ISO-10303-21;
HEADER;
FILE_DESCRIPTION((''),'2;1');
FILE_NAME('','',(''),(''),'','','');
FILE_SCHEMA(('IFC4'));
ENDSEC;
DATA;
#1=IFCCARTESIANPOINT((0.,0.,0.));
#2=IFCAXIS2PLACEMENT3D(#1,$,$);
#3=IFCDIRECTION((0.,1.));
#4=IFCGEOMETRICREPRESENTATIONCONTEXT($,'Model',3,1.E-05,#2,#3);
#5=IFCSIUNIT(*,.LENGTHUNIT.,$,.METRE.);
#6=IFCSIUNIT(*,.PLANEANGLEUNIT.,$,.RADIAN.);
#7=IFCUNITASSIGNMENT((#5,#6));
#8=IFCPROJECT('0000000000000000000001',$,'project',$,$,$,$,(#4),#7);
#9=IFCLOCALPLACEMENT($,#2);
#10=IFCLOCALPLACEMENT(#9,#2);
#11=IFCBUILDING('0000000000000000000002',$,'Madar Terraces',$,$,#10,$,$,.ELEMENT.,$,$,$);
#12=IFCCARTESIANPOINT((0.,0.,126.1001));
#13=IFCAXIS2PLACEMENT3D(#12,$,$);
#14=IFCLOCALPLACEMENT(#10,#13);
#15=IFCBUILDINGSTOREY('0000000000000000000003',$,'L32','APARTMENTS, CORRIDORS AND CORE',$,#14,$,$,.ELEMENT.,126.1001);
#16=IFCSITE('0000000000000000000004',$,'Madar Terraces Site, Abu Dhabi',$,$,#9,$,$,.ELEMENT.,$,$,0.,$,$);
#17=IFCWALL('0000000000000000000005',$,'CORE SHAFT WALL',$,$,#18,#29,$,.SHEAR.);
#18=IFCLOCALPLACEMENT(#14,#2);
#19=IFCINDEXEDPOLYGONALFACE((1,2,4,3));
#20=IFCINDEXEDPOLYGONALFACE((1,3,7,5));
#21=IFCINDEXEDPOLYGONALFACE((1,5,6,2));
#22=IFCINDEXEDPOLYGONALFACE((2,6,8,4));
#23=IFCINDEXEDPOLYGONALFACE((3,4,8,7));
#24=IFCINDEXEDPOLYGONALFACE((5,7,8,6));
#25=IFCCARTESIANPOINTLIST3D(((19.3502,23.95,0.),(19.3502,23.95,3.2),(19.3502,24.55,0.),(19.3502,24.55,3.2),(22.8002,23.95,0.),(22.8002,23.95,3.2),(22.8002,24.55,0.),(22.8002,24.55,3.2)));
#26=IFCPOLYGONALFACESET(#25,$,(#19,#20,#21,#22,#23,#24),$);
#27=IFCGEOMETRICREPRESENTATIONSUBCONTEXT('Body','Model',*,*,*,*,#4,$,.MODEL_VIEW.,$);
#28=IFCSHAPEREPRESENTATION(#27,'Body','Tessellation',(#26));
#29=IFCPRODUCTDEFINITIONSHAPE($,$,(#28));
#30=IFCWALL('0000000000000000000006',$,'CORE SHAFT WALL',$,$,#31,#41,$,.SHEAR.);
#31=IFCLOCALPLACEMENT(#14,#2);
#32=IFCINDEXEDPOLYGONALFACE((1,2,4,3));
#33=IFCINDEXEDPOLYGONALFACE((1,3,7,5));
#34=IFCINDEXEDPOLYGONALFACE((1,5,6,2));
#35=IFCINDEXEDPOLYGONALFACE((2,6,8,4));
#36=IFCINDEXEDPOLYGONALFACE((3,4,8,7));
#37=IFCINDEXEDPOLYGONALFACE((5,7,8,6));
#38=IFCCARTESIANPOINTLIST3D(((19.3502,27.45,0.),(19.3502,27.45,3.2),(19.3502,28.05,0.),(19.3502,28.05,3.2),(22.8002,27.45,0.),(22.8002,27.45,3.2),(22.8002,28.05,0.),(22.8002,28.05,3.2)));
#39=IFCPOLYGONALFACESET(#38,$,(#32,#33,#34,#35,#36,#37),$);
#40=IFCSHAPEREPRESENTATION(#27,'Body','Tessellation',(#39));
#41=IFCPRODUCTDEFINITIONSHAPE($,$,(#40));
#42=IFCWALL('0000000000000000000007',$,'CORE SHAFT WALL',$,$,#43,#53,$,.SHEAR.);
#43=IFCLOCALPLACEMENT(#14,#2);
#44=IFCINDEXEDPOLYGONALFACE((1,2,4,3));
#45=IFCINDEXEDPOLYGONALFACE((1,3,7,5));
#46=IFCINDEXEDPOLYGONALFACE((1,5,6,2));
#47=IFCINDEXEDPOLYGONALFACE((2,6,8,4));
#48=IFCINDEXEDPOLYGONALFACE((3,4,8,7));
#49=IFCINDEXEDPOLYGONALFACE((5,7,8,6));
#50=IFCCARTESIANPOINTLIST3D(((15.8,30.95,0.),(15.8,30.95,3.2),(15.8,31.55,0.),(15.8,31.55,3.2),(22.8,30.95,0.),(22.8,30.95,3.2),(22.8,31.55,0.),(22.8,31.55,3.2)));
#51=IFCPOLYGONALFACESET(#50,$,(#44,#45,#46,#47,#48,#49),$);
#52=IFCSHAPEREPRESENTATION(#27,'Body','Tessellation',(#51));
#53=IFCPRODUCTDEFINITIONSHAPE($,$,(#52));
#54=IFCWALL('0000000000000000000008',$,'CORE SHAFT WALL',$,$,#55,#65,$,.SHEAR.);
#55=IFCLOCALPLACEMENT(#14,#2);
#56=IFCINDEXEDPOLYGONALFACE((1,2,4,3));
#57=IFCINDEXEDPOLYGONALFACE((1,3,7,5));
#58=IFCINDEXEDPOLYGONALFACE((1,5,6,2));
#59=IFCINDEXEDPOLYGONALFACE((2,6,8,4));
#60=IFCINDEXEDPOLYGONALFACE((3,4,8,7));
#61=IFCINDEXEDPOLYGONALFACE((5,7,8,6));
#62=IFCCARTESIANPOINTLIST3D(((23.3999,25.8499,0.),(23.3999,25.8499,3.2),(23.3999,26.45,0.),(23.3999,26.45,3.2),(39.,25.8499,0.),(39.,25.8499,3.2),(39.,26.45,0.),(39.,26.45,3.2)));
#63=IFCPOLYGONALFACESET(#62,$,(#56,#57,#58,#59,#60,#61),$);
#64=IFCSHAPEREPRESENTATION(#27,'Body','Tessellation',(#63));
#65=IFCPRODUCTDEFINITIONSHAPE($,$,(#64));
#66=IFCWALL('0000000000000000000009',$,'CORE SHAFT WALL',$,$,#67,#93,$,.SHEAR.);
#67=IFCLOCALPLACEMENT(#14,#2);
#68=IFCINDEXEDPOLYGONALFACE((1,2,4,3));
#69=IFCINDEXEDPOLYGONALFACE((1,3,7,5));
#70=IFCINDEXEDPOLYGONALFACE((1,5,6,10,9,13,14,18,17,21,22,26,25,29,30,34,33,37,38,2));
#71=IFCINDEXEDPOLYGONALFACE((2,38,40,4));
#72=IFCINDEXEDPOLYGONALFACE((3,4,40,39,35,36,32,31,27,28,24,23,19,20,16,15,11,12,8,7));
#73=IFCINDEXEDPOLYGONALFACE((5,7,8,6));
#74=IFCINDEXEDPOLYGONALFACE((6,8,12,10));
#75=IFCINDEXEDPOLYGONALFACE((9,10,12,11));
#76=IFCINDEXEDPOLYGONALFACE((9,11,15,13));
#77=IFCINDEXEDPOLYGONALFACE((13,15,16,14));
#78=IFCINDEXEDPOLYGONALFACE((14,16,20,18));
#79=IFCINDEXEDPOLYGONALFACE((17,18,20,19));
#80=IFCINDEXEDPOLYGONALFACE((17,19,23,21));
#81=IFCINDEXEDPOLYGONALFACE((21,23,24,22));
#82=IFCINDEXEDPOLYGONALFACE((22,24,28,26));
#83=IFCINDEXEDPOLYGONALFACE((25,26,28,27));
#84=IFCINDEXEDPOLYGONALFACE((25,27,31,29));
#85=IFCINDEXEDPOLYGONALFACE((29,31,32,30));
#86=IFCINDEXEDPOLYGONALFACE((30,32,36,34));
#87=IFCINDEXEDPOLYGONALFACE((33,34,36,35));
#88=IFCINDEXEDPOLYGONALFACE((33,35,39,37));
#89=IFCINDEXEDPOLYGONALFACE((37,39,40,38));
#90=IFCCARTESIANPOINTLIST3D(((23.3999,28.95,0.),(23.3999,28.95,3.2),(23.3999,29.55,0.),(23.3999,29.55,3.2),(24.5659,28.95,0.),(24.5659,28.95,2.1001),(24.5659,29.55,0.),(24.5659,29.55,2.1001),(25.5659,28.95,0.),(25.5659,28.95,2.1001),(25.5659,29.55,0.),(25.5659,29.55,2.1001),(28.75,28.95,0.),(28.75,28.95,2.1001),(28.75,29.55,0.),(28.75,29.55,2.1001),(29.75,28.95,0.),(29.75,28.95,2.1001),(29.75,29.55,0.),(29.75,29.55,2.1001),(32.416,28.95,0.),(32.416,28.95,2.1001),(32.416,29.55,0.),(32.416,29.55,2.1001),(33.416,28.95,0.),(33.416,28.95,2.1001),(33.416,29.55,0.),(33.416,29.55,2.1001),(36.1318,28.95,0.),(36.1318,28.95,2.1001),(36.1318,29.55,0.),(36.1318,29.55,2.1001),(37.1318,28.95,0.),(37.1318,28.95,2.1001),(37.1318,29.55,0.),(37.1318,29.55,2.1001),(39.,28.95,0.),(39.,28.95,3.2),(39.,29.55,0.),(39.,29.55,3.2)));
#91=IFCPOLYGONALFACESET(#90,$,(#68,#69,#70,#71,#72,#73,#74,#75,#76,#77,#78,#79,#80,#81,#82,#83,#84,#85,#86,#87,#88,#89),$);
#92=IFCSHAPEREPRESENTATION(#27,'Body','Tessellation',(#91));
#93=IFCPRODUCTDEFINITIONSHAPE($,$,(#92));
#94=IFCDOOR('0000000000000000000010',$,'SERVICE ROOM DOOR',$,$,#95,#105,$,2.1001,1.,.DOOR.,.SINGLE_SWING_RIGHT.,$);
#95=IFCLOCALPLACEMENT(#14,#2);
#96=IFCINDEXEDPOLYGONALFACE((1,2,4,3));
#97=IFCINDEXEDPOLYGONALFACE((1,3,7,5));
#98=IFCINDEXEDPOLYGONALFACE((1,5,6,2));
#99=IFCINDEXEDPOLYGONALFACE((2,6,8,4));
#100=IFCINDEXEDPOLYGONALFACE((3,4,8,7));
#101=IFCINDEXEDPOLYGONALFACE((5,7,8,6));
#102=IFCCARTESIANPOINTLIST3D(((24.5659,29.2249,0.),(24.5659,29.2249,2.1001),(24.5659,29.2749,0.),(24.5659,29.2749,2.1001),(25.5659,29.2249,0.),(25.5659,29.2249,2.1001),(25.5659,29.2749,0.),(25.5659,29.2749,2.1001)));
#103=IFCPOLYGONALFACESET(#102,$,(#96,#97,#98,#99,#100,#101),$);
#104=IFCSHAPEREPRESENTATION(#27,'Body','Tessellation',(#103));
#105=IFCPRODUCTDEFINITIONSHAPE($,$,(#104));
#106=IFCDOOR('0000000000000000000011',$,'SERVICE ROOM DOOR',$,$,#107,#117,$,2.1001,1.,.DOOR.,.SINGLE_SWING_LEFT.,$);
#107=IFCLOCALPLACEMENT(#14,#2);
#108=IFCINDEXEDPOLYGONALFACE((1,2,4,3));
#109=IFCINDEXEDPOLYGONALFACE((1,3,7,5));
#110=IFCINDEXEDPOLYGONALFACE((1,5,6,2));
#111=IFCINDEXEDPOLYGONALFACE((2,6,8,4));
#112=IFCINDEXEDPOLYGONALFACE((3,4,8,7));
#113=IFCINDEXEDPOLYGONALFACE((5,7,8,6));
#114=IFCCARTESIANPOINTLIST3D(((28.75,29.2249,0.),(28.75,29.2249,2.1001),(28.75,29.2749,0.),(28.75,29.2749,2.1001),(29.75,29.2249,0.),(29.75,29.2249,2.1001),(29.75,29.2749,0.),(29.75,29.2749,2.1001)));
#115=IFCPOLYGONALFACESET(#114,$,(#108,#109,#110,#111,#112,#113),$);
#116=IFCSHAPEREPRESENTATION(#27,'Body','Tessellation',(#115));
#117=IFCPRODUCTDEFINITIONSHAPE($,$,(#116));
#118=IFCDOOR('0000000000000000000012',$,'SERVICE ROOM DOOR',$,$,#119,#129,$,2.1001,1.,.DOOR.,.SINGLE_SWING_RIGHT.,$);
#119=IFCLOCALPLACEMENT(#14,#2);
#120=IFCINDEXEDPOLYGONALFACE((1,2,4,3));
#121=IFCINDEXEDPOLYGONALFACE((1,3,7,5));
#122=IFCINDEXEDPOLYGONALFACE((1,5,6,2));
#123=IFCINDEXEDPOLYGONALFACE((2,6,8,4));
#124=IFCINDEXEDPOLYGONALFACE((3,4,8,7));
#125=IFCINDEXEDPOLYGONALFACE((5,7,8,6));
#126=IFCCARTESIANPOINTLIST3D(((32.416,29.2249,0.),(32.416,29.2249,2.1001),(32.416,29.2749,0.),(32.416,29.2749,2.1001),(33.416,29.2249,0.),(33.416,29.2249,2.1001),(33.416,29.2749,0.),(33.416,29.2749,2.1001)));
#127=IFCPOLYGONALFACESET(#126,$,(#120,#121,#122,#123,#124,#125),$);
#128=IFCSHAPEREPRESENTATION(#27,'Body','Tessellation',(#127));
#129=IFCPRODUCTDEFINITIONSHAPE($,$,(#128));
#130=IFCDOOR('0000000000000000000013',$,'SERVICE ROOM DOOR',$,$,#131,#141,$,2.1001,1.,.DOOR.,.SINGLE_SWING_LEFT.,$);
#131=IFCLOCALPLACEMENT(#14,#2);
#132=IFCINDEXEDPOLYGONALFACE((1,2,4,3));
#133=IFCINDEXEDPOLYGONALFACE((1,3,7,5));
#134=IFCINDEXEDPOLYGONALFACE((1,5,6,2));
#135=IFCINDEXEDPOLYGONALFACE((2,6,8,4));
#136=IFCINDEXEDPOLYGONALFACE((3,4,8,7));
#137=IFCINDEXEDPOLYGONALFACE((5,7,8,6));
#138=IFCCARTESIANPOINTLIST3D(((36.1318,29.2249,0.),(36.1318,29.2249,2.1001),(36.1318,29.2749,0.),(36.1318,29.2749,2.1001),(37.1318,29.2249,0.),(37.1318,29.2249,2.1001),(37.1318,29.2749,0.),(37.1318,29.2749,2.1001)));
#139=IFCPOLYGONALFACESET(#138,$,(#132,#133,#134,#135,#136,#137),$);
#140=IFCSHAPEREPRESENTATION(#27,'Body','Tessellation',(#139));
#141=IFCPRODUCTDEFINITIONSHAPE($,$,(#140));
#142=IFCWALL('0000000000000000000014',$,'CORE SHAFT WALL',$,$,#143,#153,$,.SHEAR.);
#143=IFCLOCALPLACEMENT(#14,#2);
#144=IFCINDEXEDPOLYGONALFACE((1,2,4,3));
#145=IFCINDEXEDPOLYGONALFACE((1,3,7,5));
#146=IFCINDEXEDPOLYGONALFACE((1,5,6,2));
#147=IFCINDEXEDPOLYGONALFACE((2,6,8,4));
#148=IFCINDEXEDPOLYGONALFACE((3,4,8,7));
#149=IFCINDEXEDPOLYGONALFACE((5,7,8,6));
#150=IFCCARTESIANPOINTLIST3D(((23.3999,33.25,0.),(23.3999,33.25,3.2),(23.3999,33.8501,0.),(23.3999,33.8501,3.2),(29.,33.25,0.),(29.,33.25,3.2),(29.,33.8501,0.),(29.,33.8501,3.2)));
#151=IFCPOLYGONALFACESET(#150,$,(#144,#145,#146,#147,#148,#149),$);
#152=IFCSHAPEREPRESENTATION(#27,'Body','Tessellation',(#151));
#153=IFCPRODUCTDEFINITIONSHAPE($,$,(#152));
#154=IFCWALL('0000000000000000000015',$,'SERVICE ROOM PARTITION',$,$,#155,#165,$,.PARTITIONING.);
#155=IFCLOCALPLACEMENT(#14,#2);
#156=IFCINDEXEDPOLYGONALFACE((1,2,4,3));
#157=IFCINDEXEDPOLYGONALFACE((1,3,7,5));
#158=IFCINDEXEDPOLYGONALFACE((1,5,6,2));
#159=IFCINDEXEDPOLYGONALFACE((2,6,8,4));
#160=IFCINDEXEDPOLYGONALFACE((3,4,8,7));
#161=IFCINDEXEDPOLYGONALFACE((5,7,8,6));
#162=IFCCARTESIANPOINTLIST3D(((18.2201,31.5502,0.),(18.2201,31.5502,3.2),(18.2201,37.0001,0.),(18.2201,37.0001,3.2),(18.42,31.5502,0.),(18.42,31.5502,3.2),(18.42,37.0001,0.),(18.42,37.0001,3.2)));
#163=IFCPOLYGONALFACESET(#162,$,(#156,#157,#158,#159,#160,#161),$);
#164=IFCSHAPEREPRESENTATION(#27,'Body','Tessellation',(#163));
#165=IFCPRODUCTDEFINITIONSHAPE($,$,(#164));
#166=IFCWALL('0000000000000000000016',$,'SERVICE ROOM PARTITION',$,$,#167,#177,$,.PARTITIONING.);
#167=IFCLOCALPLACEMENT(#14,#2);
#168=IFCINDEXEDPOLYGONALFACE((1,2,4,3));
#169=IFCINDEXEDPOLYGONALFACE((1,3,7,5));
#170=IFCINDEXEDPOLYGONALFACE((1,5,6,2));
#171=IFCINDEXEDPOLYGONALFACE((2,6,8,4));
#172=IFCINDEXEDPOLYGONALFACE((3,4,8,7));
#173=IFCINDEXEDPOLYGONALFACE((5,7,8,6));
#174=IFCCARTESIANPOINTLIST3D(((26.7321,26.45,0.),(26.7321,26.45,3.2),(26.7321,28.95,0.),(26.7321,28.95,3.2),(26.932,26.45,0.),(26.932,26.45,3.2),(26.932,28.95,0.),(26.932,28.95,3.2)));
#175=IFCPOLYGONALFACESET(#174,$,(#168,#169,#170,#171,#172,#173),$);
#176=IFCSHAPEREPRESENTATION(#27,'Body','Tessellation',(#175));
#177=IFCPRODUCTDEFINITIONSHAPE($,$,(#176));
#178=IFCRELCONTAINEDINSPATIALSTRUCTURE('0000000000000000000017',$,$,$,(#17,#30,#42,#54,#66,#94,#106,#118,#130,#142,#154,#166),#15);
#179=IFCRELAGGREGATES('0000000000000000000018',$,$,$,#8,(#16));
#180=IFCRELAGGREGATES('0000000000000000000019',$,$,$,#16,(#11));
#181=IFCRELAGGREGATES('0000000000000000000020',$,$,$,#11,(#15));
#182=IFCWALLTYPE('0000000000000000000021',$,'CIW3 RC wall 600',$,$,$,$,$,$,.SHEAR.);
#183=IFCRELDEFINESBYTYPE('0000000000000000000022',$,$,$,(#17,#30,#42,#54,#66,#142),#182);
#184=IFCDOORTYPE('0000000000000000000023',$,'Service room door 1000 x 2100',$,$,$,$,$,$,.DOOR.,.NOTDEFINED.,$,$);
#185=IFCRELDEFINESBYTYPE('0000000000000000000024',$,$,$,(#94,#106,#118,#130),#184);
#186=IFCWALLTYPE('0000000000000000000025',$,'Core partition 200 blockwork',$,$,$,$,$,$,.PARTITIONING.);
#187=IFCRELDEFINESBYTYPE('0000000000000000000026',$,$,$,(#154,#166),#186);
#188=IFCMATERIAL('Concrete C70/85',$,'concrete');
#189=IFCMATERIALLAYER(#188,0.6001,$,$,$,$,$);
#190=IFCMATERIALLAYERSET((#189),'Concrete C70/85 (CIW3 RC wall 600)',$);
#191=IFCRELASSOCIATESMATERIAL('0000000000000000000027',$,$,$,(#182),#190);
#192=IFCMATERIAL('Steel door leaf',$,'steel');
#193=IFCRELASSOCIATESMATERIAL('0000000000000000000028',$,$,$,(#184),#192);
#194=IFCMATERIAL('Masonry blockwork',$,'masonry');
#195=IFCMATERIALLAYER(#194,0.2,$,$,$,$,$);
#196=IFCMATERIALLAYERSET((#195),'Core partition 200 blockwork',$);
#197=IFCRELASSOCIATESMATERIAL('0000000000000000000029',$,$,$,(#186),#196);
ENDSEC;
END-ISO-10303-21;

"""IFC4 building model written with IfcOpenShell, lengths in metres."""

from ifc_helpers import new_model, si_unit, direction, frame, frame_2d, origin, place, context, subcontext, project, spatial, rectangle, extrude, material, layer, layer_set, type_object, element, fill, save


model = new_model("IFC4")

# Units and contexts
model_context = context("Model", 3, precision=1e-05, world=origin(), true_north=direction((0.0, 1.0)))
body_context = subcontext(model_context, "Body", "Model", "MODEL_VIEW")
ifc_project = project(units=[si_unit("LENGTHUNIT", "METRE"), si_unit("PLANEANGLEUNIT", "RADIAN")], contexts=[model_context])

# Site, building, storey
site_placement = place(None, origin())
site = spatial("IfcSite", under=ifc_project, at=site_placement, Name="Madar Terraces Site, Abu Dhabi", CompositionType="ELEMENT", RefElevation=0.0)
building_placement = place(site_placement, origin())
building = spatial("IfcBuilding", under=site, at=building_placement, Name="Madar Terraces", CompositionType="ELEMENT")
storey_placement = place(building_placement, frame((0.0, 0.0, 126.1001)))
storey = spatial("IfcBuildingStorey", under=building, at=storey_placement, Name="L32", Description="APARTMENTS, CORRIDORS AND CORE", CompositionType="ELEMENT", Elevation=126.1001)

# Walls
ifc_material_1 = material(Name="Concrete C70/85", Category="concrete")
ifc_layer_1 = layer(ifc_material_1, 0.6001)
ifc_layer_set_1 = layer_set([ifc_layer_1], Name="Concrete C70/85 (CIW3 RC wall 600)")
wall_type_1 = type_object("IfcWallType", Name="CIW3 RC wall 600", PredefinedType="SHEAR", material=ifc_layer_set_1)
for number, where, z_axis, x_axis, name in (
    (1, (19.3501, 24.25, 0.0), (0.0, 0.0, 1.0), (1.0, 0.0, 0.0), "CORE SHAFT WALL"),
    (2, (19.3501, 27.75, 0.0), (0.0, 0.0, 1.0), (1.0, 0.0, 0.0), "CORE SHAFT WALL"),
):
    element("IfcWall", number, at=place(storey_placement, frame(where, z_axis=z_axis, x_axis=x_axis)), inside=storey, type_object=wall_type_1, Name=name, PredefinedType="SHEAR", context=body_context, shape_type="SweptSolid", body=[
        extrude(rectangle(XDim=3.45, YDim=0.6001, at=frame_2d((1.7251, 0.0))), origin(), (0.0, 0.0, 1.0), 3.2),
    ])
wall_1_placement = place(storey_placement, frame((15.8, 31.25, 0.0), z_axis=(0.0, 0.0, 1.0), x_axis=(1.0, 0.0, 0.0)))
element("IfcWall", 3, at=wall_1_placement, inside=storey, type_object=wall_type_1, Name="CORE SHAFT WALL", PredefinedType="SHEAR", context=body_context, shape_type="SweptSolid", body=[
    extrude(rectangle(XDim=7.0, YDim=0.6001, at=frame_2d((3.5, 0.0))), origin(), (0.0, 0.0, 1.0), 3.2),
])
wall_2_placement = place(storey_placement, frame((23.3999, 26.1499, 0.0), z_axis=(0.0, 0.0, 1.0), x_axis=(1.0, 0.0, 0.0)))
element("IfcWall", 4, at=wall_2_placement, inside=storey, type_object=wall_type_1, Name="CORE SHAFT WALL", PredefinedType="SHEAR", context=body_context, shape_type="SweptSolid", body=[
    extrude(rectangle(XDim=15.6001, YDim=0.6001, at=frame_2d((7.8, 0.0))), origin(), (0.0, 0.0, 1.0), 3.2),
])

# Wall, openings, doors
wall_3_placement = place(storey_placement, frame((23.3999, 29.25, 0.0), z_axis=(0.0, 0.0, 1.0), x_axis=(1.0, 0.0, 0.0)))
wall_3 = element("IfcWall", 5, at=wall_3_placement, inside=storey, type_object=wall_type_1, Name="CORE SHAFT WALL", PredefinedType="SHEAR", context=body_context, shape_type="SweptSolid", body=[
    extrude(rectangle(XDim=15.6001, YDim=0.6001, at=frame_2d((7.8, 0.0))), origin(), (0.0, 0.0, 1.0), 3.2),
])
opening_1_placement = place(wall_3_placement, frame((1.166, 0.0, 0.0)))
opening_1 = element("IfcOpeningElement", 6, at=opening_1_placement, cuts=wall_3, PredefinedType="OPENING", context=body_context, shape_type="SweptSolid", body=[
    extrude(rectangle(XDim=1.0, YDim=2.1001, at=frame_2d((0.5, 1.05))), frame((0.0, 0.3101, 0.0), z_axis=(0.0, -1.0, 0.0), x_axis=(1.0, 0.0, 0.0)), (0.0, 0.0, 1.0), 0.6201),
])
opening_2_placement = place(wall_3_placement, frame((5.3501, 0.0, 0.0)))
opening_2 = element("IfcOpeningElement", 7, at=opening_2_placement, cuts=wall_3, PredefinedType="OPENING", context=body_context, shape_type="SweptSolid", body=[
    extrude(rectangle(XDim=1.0, YDim=2.1001, at=frame_2d((0.5, 1.05))), frame((0.0, 0.3101, 0.0), z_axis=(0.0, -1.0, 0.0), x_axis=(1.0, 0.0, 0.0)), (0.0, 0.0, 1.0), 0.6201),
])
opening_3_placement = place(wall_3_placement, frame((9.0161, 0.0, 0.0)))
opening_3 = element("IfcOpeningElement", 8, at=opening_3_placement, cuts=wall_3, PredefinedType="OPENING", context=body_context, shape_type="SweptSolid", body=[
    extrude(rectangle(XDim=1.0, YDim=2.1001, at=frame_2d((0.5, 1.05))), frame((0.0, 0.3101, 0.0), z_axis=(0.0, -1.0, 0.0), x_axis=(1.0, 0.0, 0.0)), (0.0, 0.0, 1.0), 0.6201),
])
opening_4_placement = place(wall_3_placement, frame((12.7319, 0.0, 0.0)))
opening_4 = element("IfcOpeningElement", 9, at=opening_4_placement, cuts=wall_3, PredefinedType="OPENING", context=body_context, shape_type="SweptSolid", body=[
    extrude(rectangle(XDim=1.0, YDim=2.1001, at=frame_2d((0.5, 1.05))), frame((0.0, 0.3101, 0.0), z_axis=(0.0, -1.0, 0.0), x_axis=(1.0, 0.0, 0.0)), (0.0, 0.0, 1.0), 0.6201),
])
ifc_material_2 = material(Name="Steel door leaf", Category="steel")
door_type = type_object("IfcDoorType", Name="Service room door 1000 x 2100", OperationType="NOTDEFINED", PredefinedType="DOOR", material=ifc_material_2)
door_1_placement = place(opening_1_placement, origin())
door_1 = element("IfcDoor", 10, at=door_1_placement, inside=storey, type_object=door_type, Name="SERVICE ROOM DOOR", OperationType="SINGLE_SWING_RIGHT", OverallHeight=2.1001, OverallWidth=1.0, PredefinedType="DOOR", context=body_context, shape_type="SweptSolid", body=[
    extrude(rectangle(XDim=1.0, YDim=2.1001, at=frame_2d((0.5, 1.05))), frame((0.0, 0.0249, 0.0), z_axis=(0.0, -1.0, 0.0), x_axis=(1.0, 0.0, 0.0)), (0.0, 0.0, 1.0), 0.05),
])
fill(opening_1, door_1)
door_2_placement = place(opening_2_placement, origin())
door_2 = element("IfcDoor", 11, at=door_2_placement, inside=storey, type_object=door_type, Name="SERVICE ROOM DOOR", OperationType="SINGLE_SWING_LEFT", OverallHeight=2.1001, OverallWidth=1.0, PredefinedType="DOOR", context=body_context, shape_type="SweptSolid", body=[
    extrude(rectangle(XDim=1.0, YDim=2.1001, at=frame_2d((0.5, 1.05))), frame((0.0, 0.0249, 0.0), z_axis=(0.0, -1.0, 0.0), x_axis=(1.0, 0.0, 0.0)), (0.0, 0.0, 1.0), 0.05),
])
fill(opening_2, door_2)
door_3_placement = place(opening_3_placement, origin())
door_3 = element("IfcDoor", 12, at=door_3_placement, inside=storey, type_object=door_type, Name="SERVICE ROOM DOOR", OperationType="SINGLE_SWING_RIGHT", OverallHeight=2.1001, OverallWidth=1.0, PredefinedType="DOOR", context=body_context, shape_type="SweptSolid", body=[
    extrude(rectangle(XDim=1.0, YDim=2.1001, at=frame_2d((0.5, 1.05))), frame((0.0, 0.0249, 0.0), z_axis=(0.0, -1.0, 0.0), x_axis=(1.0, 0.0, 0.0)), (0.0, 0.0, 1.0), 0.05),
])
fill(opening_3, door_3)
door_4_placement = place(opening_4_placement, origin())
door_4 = element("IfcDoor", 13, at=door_4_placement, inside=storey, type_object=door_type, Name="SERVICE ROOM DOOR", OperationType="SINGLE_SWING_LEFT", OverallHeight=2.1001, OverallWidth=1.0, PredefinedType="DOOR", context=body_context, shape_type="SweptSolid", body=[
    extrude(rectangle(XDim=1.0, YDim=2.1001, at=frame_2d((0.5, 1.05))), frame((0.0, 0.0249, 0.0), z_axis=(0.0, -1.0, 0.0), x_axis=(1.0, 0.0, 0.0)), (0.0, 0.0, 1.0), 0.05),
])
fill(opening_4, door_4)

# Walls
wall_4_placement = place(storey_placement, frame((23.3999, 33.55, 0.0), z_axis=(0.0, 0.0, 1.0), x_axis=(1.0, 0.0, 0.0)))
element("IfcWall", 14, at=wall_4_placement, inside=storey, type_object=wall_type_1, Name="CORE SHAFT WALL", PredefinedType="SHEAR", context=body_context, shape_type="SweptSolid", body=[
    extrude(rectangle(XDim=5.6001, YDim=0.6001, at=frame_2d((2.8, 0.0))), origin(), (0.0, 0.0, 1.0), 3.2),
])
ifc_material_3 = material(Name="Masonry blockwork", Category="masonry")
ifc_layer_2 = layer(ifc_material_3, 0.2)
ifc_layer_set_2 = layer_set([ifc_layer_2], Name="Core partition 200 blockwork")
wall_type_2 = type_object("IfcWallType", Name="Core partition 200 blockwork", PredefinedType="PARTITIONING", material=ifc_layer_set_2)
wall_5_placement = place(storey_placement, frame((18.3201, 31.55, 0.0), z_axis=(0.0, 0.0, 1.0), x_axis=(0.0, 1.0, 0.0)))
element("IfcWall", 15, at=wall_5_placement, inside=storey, type_object=wall_type_2, Name="SERVICE ROOM PARTITION", PredefinedType="PARTITIONING", context=body_context, shape_type="SweptSolid", body=[
    extrude(rectangle(XDim=5.45, YDim=0.2, at=frame_2d((2.7251, 0.0))), origin(), (0.0, 0.0, 1.0), 3.2),
])
wall_6_placement = place(storey_placement, frame((26.832, 26.45, 0.0), z_axis=(0.0, 0.0, 1.0), x_axis=(0.0, 1.0, 0.0)))
element("IfcWall", 16, at=wall_6_placement, inside=storey, type_object=wall_type_2, Name="SERVICE ROOM PARTITION", PredefinedType="PARTITIONING", context=body_context, shape_type="SweptSolid", body=[
    extrude(rectangle(XDim=2.5, YDim=0.2, at=frame_2d((1.25, 0.0))), origin(), (0.0, 0.0, 1.0), 3.2),
])

save(model, "model.ifc")
